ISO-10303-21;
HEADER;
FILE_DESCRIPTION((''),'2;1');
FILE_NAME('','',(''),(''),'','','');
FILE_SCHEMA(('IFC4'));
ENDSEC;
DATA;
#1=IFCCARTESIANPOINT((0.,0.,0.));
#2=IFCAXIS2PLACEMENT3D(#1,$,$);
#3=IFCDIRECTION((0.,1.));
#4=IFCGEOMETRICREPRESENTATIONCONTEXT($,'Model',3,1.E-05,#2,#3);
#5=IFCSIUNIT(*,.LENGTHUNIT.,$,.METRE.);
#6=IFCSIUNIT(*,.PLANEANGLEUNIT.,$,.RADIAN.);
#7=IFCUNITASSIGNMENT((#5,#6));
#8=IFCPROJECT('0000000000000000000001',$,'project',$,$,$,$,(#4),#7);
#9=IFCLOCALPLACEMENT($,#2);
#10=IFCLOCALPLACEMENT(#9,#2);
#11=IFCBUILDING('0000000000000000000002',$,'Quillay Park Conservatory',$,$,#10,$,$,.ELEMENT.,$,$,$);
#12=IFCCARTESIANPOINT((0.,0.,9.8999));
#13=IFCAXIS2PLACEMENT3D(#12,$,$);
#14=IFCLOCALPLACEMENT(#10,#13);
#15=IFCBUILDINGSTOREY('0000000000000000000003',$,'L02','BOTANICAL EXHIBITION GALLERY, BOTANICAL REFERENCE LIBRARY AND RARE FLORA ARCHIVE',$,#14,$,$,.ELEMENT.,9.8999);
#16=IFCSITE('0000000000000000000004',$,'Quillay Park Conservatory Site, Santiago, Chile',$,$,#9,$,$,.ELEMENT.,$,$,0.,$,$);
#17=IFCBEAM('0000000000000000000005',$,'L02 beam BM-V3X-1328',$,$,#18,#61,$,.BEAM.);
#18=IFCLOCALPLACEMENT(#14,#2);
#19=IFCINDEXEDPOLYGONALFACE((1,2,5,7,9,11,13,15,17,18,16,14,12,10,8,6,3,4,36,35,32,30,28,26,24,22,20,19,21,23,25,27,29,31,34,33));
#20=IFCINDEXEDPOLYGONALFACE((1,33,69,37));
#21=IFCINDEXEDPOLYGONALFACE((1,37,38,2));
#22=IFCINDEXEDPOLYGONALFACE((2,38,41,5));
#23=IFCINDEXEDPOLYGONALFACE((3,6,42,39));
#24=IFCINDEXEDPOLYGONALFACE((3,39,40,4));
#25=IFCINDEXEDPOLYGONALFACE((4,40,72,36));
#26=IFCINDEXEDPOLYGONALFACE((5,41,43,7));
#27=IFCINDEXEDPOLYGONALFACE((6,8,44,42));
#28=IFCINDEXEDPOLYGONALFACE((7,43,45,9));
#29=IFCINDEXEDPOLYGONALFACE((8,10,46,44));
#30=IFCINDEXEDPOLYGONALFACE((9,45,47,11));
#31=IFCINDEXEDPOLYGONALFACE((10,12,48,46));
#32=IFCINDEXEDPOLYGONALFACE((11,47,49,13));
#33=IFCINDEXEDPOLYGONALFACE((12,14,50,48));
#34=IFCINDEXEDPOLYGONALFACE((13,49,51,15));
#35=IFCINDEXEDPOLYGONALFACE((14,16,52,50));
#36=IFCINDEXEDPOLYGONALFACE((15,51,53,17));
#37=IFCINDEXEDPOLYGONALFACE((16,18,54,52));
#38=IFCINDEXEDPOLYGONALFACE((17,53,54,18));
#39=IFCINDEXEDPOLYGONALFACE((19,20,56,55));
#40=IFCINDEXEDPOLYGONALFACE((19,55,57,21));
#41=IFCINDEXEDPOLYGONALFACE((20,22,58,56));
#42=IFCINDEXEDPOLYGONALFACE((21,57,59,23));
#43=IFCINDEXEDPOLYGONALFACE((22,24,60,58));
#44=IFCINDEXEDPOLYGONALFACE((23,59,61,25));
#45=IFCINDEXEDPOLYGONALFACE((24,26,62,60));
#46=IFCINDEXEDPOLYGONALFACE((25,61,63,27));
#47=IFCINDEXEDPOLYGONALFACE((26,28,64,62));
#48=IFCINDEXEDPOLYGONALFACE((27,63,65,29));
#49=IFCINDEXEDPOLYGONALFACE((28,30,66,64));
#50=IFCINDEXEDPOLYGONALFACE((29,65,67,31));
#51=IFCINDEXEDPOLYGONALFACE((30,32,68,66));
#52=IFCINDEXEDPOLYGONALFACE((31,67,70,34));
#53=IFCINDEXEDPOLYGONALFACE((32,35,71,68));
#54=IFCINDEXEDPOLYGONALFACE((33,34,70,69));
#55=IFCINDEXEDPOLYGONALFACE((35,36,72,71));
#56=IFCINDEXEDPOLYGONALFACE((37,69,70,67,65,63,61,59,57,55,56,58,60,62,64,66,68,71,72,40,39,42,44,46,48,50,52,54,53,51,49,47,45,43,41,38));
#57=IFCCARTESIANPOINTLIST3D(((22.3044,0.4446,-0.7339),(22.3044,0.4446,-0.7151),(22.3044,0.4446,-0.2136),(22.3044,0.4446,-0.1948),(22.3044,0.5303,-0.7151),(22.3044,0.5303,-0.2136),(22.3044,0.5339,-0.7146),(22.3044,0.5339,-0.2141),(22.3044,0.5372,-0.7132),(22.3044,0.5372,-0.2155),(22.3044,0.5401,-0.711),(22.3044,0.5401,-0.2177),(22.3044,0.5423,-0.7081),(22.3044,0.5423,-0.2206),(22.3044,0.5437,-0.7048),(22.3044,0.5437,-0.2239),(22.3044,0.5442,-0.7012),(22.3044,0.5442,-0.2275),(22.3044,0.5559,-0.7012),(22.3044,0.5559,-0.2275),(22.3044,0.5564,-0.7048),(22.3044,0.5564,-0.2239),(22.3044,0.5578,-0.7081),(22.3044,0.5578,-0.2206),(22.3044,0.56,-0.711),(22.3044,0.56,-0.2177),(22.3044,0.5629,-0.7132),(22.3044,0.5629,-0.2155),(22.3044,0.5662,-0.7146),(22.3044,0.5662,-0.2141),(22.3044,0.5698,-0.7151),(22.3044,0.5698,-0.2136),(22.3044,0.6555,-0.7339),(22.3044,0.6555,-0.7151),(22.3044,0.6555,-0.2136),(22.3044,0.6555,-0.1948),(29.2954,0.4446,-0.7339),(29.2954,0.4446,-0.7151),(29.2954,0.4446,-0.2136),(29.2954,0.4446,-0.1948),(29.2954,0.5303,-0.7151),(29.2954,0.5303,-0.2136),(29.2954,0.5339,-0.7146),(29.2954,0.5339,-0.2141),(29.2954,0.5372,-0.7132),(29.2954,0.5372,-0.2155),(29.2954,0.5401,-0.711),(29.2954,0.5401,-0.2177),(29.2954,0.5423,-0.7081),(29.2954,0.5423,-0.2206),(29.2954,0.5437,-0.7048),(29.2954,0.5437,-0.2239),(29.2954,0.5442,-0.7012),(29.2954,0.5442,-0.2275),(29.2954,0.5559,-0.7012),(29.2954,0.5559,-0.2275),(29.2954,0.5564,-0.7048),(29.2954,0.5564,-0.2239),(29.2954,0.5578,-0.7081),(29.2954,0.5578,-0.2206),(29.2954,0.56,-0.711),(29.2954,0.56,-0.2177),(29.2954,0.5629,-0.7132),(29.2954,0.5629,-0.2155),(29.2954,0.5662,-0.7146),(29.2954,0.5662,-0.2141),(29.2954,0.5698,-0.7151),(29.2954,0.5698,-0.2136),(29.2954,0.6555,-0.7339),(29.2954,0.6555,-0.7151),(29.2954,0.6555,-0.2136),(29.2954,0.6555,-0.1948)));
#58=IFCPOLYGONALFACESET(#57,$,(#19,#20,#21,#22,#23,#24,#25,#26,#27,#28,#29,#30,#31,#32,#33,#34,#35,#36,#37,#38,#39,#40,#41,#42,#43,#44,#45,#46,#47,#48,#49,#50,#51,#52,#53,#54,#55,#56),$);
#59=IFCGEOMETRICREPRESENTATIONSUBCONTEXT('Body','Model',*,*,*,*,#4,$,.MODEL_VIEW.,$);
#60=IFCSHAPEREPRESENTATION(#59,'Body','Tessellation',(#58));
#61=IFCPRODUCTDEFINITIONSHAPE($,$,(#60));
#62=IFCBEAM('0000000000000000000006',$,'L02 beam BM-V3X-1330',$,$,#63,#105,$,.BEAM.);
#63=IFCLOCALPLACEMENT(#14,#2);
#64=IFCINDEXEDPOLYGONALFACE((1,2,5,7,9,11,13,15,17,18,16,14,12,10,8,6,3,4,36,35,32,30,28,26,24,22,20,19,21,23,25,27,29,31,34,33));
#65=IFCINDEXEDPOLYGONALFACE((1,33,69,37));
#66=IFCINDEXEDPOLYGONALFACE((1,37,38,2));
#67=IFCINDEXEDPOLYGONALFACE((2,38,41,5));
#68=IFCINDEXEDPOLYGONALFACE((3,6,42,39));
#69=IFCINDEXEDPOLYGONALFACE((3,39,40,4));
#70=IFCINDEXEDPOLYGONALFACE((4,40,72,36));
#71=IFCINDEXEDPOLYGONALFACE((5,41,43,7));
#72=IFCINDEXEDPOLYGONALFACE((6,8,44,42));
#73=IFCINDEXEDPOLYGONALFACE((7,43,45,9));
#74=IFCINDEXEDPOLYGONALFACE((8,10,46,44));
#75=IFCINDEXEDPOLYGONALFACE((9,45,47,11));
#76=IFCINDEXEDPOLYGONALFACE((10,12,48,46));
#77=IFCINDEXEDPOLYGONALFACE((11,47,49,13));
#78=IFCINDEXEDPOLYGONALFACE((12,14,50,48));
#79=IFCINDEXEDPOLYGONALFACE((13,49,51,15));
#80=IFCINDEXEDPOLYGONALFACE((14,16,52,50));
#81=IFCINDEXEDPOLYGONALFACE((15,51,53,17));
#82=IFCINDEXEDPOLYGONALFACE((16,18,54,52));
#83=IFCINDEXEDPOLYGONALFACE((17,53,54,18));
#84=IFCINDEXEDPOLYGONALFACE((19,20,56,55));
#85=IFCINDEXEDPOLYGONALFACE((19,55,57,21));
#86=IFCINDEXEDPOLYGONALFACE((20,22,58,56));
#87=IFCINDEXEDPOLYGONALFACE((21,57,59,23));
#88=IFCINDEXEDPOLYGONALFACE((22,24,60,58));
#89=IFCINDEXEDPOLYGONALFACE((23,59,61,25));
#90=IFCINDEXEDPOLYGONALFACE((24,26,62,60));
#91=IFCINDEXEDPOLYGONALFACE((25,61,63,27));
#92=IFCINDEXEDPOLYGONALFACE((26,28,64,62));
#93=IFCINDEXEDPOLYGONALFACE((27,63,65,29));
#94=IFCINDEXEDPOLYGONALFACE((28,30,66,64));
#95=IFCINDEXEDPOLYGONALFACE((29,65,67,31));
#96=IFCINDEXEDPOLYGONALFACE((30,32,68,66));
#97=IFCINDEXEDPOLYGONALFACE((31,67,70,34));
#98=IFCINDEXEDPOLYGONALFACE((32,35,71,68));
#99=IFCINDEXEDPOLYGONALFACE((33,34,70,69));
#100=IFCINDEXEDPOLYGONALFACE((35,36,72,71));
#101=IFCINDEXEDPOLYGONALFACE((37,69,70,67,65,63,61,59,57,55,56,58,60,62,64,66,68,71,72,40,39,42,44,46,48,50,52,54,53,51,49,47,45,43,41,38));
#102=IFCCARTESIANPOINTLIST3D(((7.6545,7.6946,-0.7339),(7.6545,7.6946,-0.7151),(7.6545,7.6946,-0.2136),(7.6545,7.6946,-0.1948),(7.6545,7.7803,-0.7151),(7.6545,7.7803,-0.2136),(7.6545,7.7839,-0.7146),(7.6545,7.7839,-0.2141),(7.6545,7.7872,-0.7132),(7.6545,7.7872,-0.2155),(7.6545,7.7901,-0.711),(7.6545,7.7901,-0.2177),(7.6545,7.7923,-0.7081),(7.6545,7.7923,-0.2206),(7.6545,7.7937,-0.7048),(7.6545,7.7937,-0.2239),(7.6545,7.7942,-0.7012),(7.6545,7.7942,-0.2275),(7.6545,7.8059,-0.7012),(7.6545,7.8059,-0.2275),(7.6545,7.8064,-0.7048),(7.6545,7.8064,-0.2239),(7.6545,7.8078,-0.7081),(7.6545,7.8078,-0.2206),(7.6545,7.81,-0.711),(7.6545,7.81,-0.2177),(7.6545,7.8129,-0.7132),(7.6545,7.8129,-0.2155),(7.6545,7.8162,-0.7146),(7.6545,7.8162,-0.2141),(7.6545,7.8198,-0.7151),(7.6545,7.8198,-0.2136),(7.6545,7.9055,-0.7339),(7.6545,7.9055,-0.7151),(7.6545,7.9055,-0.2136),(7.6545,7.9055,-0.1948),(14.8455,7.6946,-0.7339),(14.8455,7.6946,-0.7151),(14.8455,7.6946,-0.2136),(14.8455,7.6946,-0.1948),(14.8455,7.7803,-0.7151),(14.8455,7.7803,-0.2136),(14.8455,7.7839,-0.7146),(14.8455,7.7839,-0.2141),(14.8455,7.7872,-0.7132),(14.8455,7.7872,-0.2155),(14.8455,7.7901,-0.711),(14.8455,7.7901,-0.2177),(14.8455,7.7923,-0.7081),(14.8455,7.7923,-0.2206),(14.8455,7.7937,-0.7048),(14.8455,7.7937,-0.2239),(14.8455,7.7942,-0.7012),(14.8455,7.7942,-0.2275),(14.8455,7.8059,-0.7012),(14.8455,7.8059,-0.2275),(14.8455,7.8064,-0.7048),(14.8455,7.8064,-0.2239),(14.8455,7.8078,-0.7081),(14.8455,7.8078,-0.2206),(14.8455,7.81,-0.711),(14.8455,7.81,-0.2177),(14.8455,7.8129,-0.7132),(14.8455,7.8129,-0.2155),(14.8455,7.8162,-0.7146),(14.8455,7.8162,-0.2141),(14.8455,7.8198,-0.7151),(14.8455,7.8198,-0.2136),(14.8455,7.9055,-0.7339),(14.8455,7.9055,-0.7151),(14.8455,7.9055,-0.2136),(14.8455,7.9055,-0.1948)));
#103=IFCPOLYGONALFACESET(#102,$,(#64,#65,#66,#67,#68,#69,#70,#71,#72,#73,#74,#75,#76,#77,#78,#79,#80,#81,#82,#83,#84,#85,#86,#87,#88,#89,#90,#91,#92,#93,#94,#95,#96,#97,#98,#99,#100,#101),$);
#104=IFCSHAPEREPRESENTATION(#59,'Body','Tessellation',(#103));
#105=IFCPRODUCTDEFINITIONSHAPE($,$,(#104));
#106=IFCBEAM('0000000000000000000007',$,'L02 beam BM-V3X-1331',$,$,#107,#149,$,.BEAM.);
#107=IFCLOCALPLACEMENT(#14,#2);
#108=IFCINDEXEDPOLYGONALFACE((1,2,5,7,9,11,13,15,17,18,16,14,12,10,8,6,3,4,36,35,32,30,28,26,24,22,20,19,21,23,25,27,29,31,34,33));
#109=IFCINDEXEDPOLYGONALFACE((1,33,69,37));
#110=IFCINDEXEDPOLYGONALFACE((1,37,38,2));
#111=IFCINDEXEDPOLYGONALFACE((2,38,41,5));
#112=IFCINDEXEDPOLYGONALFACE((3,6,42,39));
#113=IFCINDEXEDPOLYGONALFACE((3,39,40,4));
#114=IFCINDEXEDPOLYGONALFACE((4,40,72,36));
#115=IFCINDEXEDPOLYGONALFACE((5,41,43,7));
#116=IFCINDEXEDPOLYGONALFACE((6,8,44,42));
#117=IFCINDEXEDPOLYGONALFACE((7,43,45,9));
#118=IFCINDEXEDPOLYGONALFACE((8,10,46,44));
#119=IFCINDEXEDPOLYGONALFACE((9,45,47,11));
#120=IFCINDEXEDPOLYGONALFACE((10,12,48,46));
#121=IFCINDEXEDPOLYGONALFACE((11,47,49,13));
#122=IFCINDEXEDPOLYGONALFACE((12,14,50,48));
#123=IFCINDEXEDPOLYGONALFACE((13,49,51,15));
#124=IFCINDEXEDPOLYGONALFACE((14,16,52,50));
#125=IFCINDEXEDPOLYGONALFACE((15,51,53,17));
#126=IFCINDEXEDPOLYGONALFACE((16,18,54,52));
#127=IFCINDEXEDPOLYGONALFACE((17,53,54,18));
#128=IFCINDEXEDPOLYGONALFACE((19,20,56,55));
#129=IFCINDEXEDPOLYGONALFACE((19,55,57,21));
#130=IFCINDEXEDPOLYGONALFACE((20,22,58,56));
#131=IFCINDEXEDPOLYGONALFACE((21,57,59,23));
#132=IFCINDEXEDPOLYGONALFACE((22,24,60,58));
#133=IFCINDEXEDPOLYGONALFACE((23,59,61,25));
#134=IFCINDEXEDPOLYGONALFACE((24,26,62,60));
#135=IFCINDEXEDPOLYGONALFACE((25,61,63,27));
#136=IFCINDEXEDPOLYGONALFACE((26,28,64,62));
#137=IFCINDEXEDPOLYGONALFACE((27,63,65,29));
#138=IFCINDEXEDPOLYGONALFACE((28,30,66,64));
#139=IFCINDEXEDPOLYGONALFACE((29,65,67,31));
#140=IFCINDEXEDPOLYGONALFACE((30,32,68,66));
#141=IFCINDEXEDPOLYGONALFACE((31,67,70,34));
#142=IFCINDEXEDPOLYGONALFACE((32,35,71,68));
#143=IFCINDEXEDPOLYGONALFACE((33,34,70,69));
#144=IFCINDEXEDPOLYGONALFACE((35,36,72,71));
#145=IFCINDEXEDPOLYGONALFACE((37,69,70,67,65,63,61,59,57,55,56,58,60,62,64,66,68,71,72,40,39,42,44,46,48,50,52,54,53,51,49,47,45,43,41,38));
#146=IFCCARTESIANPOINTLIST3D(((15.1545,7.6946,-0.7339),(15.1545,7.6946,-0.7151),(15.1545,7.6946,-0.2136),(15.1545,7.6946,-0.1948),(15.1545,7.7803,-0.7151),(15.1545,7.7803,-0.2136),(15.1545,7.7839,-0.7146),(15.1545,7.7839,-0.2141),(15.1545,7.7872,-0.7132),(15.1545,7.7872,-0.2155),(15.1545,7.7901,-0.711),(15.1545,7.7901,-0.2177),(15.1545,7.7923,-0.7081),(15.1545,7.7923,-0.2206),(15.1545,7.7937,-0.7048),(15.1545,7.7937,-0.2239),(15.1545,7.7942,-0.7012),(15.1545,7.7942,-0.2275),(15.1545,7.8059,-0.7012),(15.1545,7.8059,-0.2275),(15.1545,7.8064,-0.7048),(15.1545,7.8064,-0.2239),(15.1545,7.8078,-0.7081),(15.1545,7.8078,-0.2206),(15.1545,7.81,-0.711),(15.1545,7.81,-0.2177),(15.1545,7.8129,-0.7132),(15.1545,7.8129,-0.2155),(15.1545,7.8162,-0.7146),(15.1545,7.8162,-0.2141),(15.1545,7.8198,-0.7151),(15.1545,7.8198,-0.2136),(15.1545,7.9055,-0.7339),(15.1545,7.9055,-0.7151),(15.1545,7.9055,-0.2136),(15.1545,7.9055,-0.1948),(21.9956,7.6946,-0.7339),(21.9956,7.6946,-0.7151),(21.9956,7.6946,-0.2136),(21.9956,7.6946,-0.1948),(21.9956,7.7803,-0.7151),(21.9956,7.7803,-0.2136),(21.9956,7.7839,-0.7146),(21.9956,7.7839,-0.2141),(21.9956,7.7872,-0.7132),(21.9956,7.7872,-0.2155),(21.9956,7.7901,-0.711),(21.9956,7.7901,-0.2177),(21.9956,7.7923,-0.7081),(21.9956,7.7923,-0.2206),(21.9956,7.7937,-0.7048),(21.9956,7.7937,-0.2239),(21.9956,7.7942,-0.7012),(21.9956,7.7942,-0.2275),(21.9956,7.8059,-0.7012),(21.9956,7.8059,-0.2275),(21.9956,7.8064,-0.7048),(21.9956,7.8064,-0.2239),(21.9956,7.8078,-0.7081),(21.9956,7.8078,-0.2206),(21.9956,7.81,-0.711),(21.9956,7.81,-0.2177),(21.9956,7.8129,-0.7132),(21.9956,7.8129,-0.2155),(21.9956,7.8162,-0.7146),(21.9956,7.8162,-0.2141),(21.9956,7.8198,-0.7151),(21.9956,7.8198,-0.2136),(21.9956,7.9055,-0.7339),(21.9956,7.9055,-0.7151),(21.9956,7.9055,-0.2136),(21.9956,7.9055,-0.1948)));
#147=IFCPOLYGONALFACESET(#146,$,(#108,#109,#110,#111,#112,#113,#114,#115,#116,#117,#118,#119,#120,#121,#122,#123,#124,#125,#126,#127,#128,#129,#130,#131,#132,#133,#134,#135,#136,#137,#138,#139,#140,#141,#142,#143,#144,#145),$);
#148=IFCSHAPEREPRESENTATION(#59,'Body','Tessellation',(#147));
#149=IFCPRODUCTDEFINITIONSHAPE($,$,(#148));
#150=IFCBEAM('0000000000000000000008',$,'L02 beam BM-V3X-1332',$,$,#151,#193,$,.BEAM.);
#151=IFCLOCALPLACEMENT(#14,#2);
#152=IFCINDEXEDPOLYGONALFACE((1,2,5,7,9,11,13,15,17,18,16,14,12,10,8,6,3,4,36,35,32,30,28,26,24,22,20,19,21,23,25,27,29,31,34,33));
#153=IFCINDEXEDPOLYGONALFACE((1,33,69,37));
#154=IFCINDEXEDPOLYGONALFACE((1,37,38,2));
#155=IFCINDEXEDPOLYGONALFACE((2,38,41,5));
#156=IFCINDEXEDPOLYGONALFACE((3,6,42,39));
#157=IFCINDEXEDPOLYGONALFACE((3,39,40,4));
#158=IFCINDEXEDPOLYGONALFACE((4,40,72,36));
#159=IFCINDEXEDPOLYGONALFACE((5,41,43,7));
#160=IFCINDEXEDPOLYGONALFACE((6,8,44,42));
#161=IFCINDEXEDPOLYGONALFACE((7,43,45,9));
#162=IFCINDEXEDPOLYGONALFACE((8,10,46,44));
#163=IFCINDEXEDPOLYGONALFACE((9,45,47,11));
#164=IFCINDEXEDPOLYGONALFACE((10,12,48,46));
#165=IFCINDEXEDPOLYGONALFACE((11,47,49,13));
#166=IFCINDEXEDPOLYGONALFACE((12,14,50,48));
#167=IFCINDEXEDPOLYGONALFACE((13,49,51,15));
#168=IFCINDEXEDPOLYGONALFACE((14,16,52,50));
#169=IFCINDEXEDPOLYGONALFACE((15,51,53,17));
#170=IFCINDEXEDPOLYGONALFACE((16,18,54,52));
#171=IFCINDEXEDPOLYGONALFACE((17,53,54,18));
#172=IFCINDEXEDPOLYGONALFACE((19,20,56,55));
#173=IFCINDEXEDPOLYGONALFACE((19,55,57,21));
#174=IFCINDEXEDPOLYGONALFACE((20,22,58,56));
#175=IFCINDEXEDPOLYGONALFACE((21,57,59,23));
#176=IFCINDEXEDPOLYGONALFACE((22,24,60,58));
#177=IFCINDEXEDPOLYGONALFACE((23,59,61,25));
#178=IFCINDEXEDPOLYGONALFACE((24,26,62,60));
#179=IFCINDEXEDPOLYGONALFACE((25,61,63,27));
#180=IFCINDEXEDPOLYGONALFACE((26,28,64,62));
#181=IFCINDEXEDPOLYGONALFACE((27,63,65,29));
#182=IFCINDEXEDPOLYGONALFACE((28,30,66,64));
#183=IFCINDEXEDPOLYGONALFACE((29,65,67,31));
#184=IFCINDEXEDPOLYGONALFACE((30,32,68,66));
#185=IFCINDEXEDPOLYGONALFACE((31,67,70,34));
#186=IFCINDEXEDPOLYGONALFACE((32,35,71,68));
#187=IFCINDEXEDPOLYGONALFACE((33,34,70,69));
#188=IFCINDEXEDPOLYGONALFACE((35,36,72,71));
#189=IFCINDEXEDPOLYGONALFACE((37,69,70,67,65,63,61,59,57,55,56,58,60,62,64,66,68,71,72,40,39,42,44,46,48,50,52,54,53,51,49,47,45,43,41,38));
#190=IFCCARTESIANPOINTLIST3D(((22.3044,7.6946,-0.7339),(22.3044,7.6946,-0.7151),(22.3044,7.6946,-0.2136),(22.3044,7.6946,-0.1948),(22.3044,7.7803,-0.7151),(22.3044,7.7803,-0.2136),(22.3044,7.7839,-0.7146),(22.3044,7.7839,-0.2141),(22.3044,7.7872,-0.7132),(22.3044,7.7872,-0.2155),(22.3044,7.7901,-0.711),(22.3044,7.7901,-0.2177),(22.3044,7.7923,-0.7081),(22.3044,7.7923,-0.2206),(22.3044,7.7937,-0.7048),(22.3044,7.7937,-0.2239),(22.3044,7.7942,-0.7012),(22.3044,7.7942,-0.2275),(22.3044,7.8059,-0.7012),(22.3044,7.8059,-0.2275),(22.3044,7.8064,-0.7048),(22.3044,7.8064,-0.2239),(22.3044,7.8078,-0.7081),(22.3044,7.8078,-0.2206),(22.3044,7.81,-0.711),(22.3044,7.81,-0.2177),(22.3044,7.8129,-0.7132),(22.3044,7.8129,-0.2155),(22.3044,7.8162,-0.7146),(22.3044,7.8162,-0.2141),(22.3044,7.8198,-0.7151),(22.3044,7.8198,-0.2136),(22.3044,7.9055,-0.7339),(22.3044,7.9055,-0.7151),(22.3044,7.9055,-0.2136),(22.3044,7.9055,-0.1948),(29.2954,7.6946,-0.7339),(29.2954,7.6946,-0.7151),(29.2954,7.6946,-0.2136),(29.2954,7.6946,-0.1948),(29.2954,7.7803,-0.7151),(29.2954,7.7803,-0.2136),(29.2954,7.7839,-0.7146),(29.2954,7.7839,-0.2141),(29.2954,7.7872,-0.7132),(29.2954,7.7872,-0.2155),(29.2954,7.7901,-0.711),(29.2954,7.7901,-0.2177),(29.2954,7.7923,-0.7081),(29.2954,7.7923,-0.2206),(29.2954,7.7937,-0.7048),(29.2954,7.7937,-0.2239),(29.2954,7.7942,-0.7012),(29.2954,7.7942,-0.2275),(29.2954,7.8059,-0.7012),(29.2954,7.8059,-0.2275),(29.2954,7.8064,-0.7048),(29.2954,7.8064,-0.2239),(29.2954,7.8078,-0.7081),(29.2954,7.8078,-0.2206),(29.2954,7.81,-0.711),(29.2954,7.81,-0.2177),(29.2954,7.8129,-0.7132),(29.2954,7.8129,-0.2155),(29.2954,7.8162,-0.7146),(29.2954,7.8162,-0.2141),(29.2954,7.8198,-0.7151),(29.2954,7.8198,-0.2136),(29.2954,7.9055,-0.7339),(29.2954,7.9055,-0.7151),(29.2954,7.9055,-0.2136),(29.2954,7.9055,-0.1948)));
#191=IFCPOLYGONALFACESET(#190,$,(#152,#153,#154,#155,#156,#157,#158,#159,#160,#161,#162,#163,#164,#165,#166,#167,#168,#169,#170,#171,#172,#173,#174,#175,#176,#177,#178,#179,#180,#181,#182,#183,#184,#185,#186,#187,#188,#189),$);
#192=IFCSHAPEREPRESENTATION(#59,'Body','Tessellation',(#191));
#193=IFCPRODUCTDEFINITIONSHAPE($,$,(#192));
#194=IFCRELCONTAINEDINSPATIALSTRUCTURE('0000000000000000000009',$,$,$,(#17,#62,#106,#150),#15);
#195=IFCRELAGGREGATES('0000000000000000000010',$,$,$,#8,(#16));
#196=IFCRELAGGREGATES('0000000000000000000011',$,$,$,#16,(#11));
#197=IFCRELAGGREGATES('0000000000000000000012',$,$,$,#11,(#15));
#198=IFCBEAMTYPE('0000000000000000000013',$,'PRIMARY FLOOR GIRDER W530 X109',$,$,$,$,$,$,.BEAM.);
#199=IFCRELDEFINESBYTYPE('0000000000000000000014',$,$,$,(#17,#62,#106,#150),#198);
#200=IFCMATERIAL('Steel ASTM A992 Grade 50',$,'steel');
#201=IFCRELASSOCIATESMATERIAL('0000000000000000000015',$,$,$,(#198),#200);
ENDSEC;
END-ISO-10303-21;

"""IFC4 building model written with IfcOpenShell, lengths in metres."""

from ifc_helpers import new_model, si_unit, direction, frame, origin, origin_2d, place, context, subcontext, project, spatial, i_section, extrude, material, material_profile, profile_set, type_object, element, save


model = new_model("IFC4")

# Units and contexts
model_context = context("Model", 3, precision=1e-05, world=origin(), true_north=direction((0.0, 1.0)))
body_context = subcontext(model_context, "Body", "Model", "MODEL_VIEW")
ifc_project = project(units=[si_unit("LENGTHUNIT", "METRE"), si_unit("PLANEANGLEUNIT", "RADIAN")], contexts=[model_context])

# Site, building, storey
site_placement = place(None, origin())
site = spatial("IfcSite", under=ifc_project, at=site_placement, Name="Quillay Park Conservatory Site, Santiago, Chile", CompositionType="ELEMENT", RefElevation=0.0)
building_placement = place(site_placement, origin())
building = spatial("IfcBuilding", under=site, at=building_placement, Name="Quillay Park Conservatory", CompositionType="ELEMENT")
storey_placement = place(building_placement, frame((0.0, 0.0, 9.8999)))
storey = spatial("IfcBuildingStorey", under=building, at=storey_placement, Name="L02", Description="BOTANICAL EXHIBITION GALLERY, BOTANICAL REFERENCE LIBRARY AND RARE FLORA ARCHIVE", CompositionType="ELEMENT", Elevation=9.8999)

# Beams
ifc_material_1 = material(Name="Steel ASTM A992 Grade 50", Category="steel")
ifc_material_profile_1 = material_profile(ifc_material_1, i_section(OverallWidth=0.2109, OverallDepth=0.5391, WebThickness=0.0117, FlangeThickness=0.0188, FilletRadius=0.0139, at=origin_2d()), Name="W530x109")
ifc_profile_set_1 = profile_set([ifc_material_profile_1], Name="Steel ASTM A992 Grade 50")
beam_type_1 = type_object("IfcBeamType", Name="PRIMARY FLOOR GIRDER W530 X109", PredefinedType="BEAM", material=ifc_profile_set_1)
beam_1_placement = place(storey_placement, frame((22.3044, 0.55, -0.4644), z_axis=(1.0, 0.0, 0.0), x_axis=(0.0, 1.0, 0.0)))
element("IfcBeam", 1, at=beam_1_placement, inside=storey, type_object=beam_type_1, Name="L02 beam BM-V3X-1328", PredefinedType="BEAM", context=body_context, shape_type="SweptSolid", body=[
    extrude(i_section(OverallWidth=0.2109, OverallDepth=0.5391, WebThickness=0.0117, FlangeThickness=0.0188, FilletRadius=0.0139, at=origin_2d()), origin(), (0.0, 0.0, 1.0), 6.991),
])
beam_2_placement = place(storey_placement, frame((7.6545, 7.8, -0.4644), z_axis=(1.0, 0.0, 0.0), x_axis=(0.0, 1.0, 0.0)))
element("IfcBeam", 2, at=beam_2_placement, inside=storey, type_object=beam_type_1, Name="L02 beam BM-V3X-1330", PredefinedType="BEAM", context=body_context, shape_type="SweptSolid", body=[
    extrude(i_section(OverallWidth=0.2109, OverallDepth=0.5391, WebThickness=0.0117, FlangeThickness=0.0188, FilletRadius=0.0139, at=origin_2d()), origin(), (0.0, 0.0, 1.0), 7.1909),
])
beam_3_placement = place(storey_placement, frame((15.1545, 7.8, -0.4644), z_axis=(1.0, 0.0, 0.0), x_axis=(0.0, 1.0, 0.0)))
element("IfcBeam", 3, at=beam_3_placement, inside=storey, type_object=beam_type_1, Name="L02 beam BM-V3X-1331", PredefinedType="BEAM", context=body_context, shape_type="SweptSolid", body=[
    extrude(i_section(OverallWidth=0.2109, OverallDepth=0.5391, WebThickness=0.0117, FlangeThickness=0.0188, FilletRadius=0.0139, at=origin_2d()), origin(), (0.0, 0.0, 1.0), 6.8411),
])
beam_4_placement = place(storey_placement, frame((22.3044, 7.8, -0.4644), z_axis=(1.0, 0.0, 0.0), x_axis=(0.0, 1.0, 0.0)))
element("IfcBeam", 4, at=beam_4_placement, inside=storey, type_object=beam_type_1, Name="L02 beam BM-V3X-1332", PredefinedType="BEAM", context=body_context, shape_type="SweptSolid", body=[
    extrude(i_section(OverallWidth=0.2109, OverallDepth=0.5391, WebThickness=0.0117, FlangeThickness=0.0188, FilletRadius=0.0139, at=origin_2d()), origin(), (0.0, 0.0, 1.0), 6.991),
])

save(model, "model.ifc")
